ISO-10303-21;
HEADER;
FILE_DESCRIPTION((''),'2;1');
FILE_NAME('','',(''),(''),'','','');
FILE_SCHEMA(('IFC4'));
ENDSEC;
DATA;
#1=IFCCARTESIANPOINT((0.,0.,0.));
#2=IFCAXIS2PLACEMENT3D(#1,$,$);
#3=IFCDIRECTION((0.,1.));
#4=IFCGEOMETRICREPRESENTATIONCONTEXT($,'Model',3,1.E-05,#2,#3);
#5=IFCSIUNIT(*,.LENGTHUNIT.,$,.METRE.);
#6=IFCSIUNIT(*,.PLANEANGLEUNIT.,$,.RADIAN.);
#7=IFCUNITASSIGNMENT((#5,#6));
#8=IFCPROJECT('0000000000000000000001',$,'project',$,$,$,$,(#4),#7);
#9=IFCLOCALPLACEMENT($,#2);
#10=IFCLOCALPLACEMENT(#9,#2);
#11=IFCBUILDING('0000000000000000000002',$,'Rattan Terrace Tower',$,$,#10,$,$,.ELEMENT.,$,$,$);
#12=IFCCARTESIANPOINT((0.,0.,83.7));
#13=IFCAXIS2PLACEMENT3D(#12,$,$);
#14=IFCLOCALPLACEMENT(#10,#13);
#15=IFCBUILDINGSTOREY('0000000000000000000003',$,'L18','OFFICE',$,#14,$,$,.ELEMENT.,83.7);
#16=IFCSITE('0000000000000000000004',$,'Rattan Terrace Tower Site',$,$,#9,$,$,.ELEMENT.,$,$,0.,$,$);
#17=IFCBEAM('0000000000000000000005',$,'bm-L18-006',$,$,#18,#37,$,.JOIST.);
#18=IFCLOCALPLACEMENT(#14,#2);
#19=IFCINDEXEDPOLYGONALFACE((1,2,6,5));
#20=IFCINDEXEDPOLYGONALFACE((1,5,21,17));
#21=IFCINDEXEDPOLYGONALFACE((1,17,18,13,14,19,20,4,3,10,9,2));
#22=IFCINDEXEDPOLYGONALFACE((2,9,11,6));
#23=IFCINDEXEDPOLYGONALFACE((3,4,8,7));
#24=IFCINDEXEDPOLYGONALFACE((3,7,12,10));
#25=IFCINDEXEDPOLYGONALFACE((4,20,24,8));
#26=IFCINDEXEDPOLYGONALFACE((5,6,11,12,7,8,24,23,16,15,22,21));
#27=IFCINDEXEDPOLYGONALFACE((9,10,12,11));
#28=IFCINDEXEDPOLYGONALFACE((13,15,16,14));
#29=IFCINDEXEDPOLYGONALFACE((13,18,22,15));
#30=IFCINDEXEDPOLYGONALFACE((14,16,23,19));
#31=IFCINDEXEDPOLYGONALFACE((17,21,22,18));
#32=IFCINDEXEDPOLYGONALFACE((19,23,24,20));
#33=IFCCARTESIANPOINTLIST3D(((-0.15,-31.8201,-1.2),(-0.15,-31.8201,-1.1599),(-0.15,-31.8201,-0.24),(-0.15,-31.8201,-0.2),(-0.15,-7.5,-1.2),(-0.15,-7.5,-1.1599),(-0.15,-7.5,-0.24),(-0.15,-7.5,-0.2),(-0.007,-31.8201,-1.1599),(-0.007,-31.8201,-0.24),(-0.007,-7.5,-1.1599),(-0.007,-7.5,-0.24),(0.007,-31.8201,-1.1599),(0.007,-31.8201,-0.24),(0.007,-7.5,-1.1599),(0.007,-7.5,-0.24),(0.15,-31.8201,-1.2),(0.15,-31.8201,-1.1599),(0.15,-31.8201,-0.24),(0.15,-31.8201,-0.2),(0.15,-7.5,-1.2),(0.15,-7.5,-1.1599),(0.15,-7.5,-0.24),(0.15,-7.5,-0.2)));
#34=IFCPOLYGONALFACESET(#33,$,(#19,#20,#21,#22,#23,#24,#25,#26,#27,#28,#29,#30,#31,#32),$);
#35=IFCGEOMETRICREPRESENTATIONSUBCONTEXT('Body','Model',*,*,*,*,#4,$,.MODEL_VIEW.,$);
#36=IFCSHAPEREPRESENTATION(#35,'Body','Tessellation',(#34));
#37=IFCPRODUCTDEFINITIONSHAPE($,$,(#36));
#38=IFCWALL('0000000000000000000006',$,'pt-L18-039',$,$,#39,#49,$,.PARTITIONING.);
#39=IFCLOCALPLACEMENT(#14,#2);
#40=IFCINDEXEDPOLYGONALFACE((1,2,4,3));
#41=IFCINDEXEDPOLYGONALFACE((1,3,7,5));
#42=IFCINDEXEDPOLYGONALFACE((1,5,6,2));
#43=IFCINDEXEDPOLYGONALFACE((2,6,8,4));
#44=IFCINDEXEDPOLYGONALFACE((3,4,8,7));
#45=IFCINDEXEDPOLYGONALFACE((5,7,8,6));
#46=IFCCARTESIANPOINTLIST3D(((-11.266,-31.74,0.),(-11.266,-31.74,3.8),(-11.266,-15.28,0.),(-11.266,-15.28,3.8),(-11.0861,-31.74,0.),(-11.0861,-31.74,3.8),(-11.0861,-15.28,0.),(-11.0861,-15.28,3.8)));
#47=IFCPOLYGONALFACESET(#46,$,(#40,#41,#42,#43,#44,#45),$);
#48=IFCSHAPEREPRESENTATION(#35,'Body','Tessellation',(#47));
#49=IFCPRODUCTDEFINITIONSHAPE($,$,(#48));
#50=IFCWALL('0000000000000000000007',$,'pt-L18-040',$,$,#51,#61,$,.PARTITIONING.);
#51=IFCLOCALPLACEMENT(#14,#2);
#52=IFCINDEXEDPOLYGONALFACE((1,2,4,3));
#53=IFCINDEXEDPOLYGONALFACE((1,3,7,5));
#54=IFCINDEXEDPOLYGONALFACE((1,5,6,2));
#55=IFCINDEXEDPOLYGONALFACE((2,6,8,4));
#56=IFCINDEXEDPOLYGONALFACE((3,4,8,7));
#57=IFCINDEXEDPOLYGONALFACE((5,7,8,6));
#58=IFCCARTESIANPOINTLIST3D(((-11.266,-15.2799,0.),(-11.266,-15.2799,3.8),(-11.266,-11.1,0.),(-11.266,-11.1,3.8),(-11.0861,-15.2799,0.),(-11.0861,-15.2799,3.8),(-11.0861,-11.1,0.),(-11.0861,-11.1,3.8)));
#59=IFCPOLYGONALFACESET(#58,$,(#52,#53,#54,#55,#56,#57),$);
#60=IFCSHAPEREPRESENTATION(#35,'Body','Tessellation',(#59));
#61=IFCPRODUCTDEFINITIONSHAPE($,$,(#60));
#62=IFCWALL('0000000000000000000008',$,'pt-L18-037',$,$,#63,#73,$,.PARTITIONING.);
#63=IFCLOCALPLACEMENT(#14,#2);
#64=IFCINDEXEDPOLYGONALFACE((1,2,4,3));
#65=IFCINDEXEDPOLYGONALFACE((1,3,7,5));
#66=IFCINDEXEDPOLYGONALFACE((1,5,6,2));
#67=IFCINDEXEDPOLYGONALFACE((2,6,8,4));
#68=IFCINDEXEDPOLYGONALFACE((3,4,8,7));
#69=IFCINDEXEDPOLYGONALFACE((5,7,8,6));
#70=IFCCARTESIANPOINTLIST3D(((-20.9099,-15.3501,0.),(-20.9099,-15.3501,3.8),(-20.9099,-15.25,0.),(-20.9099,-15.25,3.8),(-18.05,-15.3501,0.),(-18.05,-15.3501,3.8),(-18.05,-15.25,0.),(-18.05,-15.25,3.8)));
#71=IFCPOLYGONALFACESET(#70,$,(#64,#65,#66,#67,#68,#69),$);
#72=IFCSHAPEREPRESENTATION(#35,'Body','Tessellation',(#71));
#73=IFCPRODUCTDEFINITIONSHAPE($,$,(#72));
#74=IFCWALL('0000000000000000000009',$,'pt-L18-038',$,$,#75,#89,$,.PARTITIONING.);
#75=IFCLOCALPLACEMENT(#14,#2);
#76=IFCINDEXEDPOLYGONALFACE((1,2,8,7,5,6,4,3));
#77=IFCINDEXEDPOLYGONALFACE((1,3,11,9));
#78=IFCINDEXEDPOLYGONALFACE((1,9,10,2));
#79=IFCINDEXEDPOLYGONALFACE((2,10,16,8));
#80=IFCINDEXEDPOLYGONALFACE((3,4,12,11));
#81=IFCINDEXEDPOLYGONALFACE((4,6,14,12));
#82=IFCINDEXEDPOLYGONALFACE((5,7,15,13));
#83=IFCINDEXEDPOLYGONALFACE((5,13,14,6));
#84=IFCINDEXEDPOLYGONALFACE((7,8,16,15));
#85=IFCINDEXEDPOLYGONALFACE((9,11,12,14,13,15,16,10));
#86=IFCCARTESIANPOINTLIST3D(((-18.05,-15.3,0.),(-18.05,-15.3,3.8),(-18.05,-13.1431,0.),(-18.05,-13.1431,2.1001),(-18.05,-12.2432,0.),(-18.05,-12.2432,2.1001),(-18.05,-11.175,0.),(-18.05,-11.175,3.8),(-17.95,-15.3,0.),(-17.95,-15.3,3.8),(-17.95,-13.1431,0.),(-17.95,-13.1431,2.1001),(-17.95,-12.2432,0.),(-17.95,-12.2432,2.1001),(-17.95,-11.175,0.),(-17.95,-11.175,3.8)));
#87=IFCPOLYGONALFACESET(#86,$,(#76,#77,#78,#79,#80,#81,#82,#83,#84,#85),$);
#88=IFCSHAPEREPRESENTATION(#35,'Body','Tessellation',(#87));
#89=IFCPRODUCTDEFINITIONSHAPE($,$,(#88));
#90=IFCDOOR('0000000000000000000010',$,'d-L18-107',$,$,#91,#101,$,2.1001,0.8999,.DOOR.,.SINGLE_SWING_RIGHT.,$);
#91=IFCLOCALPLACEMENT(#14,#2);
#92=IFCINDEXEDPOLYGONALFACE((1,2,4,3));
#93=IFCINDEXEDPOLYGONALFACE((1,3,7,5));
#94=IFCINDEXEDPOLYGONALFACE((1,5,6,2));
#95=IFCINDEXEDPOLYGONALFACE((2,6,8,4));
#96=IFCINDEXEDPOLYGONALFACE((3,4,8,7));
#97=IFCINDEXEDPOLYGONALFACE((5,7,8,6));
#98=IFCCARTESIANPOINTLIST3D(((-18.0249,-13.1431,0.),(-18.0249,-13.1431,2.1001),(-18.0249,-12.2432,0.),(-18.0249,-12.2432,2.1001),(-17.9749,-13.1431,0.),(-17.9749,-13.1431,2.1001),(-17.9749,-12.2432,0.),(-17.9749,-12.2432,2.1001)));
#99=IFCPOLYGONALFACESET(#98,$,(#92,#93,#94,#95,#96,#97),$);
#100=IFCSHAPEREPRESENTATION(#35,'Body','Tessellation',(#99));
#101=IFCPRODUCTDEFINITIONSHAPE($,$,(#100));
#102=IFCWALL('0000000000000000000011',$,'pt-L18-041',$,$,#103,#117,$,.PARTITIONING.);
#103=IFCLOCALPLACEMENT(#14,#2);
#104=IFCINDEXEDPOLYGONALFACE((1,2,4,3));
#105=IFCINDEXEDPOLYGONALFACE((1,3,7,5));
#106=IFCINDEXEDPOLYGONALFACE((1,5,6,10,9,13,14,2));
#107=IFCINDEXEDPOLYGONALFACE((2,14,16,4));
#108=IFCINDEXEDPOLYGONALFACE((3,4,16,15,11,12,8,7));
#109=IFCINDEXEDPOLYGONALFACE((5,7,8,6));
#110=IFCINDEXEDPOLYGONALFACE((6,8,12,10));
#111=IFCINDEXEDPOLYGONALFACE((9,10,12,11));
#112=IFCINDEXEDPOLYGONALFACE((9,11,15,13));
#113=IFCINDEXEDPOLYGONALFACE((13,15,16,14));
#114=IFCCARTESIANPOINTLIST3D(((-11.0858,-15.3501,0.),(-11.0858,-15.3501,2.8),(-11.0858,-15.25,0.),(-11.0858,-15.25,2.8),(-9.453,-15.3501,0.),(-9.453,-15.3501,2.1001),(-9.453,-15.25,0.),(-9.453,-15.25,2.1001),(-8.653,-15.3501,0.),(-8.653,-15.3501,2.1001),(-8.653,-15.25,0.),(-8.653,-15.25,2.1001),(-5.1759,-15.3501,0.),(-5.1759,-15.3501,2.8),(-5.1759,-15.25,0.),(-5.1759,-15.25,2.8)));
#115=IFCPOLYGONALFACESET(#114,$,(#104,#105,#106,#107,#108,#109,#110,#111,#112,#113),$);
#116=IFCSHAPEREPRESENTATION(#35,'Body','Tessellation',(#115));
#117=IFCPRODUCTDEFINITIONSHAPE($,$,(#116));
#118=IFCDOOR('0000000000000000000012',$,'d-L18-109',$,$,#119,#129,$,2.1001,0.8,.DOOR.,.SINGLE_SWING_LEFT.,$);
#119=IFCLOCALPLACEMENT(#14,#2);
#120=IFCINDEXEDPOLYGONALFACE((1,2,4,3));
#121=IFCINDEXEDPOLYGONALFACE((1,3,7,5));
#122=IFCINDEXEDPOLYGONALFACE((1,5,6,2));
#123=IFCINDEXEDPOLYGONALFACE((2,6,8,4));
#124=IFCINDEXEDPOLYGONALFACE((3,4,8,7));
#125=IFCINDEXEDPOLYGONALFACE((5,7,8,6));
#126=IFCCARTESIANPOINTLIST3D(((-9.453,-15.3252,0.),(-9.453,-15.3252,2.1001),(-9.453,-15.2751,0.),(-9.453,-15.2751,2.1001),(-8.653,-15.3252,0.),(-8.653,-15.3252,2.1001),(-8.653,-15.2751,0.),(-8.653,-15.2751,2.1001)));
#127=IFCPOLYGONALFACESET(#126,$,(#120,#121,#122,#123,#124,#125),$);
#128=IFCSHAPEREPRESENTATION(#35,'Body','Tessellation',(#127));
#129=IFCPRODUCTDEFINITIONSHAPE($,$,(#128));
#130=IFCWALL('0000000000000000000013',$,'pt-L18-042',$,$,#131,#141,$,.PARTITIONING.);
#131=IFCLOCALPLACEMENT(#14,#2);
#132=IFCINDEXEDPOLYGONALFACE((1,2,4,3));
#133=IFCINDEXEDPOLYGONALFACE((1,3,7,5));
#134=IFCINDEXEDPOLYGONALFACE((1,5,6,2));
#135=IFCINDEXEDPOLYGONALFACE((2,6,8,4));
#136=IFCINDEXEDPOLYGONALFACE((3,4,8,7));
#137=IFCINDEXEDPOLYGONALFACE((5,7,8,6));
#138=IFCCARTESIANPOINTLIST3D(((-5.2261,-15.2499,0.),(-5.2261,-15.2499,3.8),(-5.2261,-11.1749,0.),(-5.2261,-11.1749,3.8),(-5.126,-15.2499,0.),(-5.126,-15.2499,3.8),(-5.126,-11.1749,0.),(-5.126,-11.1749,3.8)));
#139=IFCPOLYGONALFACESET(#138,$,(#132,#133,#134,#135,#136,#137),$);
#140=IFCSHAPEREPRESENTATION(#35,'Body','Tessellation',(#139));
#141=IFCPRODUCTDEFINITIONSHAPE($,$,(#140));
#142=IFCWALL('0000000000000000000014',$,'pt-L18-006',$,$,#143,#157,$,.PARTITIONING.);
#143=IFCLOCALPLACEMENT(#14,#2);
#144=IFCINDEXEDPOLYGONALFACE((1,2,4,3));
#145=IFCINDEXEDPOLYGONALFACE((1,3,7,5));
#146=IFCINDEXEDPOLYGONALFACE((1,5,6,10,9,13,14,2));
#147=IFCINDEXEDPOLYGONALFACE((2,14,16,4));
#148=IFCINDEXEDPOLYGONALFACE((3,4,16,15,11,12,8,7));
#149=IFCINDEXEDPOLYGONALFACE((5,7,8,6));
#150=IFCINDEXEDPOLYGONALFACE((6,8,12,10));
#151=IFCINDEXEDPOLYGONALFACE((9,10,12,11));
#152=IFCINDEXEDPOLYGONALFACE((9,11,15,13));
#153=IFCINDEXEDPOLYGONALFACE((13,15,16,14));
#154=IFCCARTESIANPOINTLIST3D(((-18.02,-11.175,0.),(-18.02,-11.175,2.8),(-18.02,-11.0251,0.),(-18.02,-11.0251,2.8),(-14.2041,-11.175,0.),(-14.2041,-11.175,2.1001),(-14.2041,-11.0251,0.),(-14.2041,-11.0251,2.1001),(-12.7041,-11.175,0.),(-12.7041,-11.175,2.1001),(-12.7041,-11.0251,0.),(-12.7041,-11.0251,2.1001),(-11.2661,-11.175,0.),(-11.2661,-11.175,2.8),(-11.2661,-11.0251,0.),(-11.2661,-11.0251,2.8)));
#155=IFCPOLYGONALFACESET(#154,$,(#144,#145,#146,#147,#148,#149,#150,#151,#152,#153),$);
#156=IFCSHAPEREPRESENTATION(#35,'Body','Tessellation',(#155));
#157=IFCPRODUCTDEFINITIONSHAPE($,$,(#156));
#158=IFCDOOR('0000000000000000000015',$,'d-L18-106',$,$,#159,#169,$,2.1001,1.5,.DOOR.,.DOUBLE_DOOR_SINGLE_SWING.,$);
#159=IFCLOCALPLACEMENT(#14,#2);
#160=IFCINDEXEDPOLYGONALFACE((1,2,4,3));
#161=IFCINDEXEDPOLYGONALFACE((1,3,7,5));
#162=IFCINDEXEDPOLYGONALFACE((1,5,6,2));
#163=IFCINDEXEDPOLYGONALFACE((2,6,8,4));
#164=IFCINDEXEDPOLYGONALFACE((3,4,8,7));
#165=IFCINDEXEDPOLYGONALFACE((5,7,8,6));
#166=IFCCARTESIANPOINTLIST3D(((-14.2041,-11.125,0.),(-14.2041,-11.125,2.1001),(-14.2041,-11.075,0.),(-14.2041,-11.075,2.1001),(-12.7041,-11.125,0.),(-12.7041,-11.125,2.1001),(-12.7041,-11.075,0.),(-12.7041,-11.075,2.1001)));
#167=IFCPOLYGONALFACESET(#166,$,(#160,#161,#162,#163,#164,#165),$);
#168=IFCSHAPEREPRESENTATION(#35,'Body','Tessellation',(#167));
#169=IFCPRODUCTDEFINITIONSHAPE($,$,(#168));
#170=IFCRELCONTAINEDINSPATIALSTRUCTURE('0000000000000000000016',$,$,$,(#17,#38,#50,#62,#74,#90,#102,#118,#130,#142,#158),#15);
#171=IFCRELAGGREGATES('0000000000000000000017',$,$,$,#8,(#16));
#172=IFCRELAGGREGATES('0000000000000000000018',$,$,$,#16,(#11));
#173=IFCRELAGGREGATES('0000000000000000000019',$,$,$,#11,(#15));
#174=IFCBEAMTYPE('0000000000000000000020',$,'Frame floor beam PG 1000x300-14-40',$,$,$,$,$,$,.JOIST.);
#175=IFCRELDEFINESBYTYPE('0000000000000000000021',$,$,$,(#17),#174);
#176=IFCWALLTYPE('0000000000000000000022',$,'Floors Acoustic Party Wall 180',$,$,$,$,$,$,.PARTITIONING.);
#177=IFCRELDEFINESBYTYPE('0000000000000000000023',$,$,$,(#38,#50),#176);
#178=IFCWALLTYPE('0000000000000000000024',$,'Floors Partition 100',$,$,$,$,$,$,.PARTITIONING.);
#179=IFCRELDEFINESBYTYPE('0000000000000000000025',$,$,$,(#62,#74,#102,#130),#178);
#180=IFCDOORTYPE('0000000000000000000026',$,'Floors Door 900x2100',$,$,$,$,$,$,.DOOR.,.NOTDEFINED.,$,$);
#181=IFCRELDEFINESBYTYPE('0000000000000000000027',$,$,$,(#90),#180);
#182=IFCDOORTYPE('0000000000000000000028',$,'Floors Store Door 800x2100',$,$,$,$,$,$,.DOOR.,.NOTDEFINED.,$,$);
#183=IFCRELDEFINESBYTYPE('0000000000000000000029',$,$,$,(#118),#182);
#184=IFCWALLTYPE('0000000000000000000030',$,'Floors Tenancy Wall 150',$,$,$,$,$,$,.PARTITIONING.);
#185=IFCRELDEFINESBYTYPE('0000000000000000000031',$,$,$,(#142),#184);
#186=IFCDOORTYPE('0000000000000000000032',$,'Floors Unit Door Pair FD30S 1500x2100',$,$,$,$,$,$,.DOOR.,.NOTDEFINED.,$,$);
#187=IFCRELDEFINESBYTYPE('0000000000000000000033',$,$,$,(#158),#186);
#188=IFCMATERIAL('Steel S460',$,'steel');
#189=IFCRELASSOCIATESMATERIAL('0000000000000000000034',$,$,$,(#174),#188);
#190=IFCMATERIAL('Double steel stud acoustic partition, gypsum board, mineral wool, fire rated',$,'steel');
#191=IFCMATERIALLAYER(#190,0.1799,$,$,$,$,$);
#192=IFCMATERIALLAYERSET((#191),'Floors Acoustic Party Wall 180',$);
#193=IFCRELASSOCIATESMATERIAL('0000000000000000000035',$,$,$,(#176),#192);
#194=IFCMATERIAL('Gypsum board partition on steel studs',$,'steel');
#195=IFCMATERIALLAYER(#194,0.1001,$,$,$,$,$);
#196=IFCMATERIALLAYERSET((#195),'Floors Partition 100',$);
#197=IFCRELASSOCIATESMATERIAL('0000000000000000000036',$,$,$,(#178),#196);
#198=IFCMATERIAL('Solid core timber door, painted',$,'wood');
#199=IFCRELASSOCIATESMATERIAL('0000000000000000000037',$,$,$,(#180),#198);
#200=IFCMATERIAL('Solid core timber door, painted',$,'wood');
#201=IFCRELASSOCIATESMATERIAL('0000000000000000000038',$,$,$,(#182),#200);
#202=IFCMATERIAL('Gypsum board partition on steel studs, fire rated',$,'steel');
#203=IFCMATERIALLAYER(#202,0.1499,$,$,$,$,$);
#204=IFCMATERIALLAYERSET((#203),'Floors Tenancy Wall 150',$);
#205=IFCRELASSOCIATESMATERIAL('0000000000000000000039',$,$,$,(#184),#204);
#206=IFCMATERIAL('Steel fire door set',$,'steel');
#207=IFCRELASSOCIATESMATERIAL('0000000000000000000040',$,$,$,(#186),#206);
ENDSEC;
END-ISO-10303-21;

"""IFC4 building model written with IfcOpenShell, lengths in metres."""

from ifc_helpers import new_model, si_unit, direction, frame, frame_2d, origin, origin_2d, place, context, subcontext, project, spatial, rectangle, i_section, extrude, material, layer, layer_set, material_profile, profile_set, type_object, element, fill, save


model = new_model("IFC4")

# Units and contexts
model_context = context("Model", 3, precision=1e-05, world=origin(), true_north=direction((0.0, 1.0)))
body_context = subcontext(model_context, "Body", "Model", "MODEL_VIEW")
ifc_project = project(units=[si_unit("LENGTHUNIT", "METRE"), si_unit("PLANEANGLEUNIT", "RADIAN")], contexts=[model_context])

# Site, building, storey
site_placement = place(None, origin())
site = spatial("IfcSite", under=ifc_project, at=site_placement, Name="Rattan Terrace Tower Site", CompositionType="ELEMENT", RefElevation=0.0)
building_placement = place(site_placement, origin())
building = spatial("IfcBuilding", under=site, at=building_placement, Name="Rattan Terrace Tower", CompositionType="ELEMENT")
storey_placement = place(building_placement, frame((0.0, 0.0, 83.7)))
storey = spatial("IfcBuildingStorey", under=building, at=storey_placement, Name="L18", Description="OFFICE", CompositionType="ELEMENT", Elevation=83.7)

# Beam
ifc_material_1 = material(Name="Steel S460", Category="steel")
ifc_material_profile = material_profile(ifc_material_1, i_section(OverallWidth=0.3, OverallDepth=1.0, WebThickness=0.0139, FlangeThickness=0.04, at=origin_2d()), Name="PG 1000x300-14-40")
ifc_profile_set = profile_set([ifc_material_profile], Name="Steel S460")
beam_type = type_object("IfcBeamType", Name="Frame floor beam PG 1000x300-14-40", PredefinedType="JOIST", material=ifc_profile_set)
beam_placement = place(storey_placement, frame((0.0, -31.8201, -0.7), z_axis=(0.0, 1.0, 0.0), x_axis=(-1.0, 0.0, 0.0)))
element("IfcBeam", 1, at=beam_placement, inside=storey, type_object=beam_type, Name="bm-L18-006", PredefinedType="JOIST", context=body_context, shape_type="SweptSolid", body=[
    extrude(i_section(OverallWidth=0.3, OverallDepth=1.0, WebThickness=0.0139, FlangeThickness=0.04, at=origin_2d()), origin(), (0.0, 0.0, 1.0), 24.3201),
])

# Walls
ifc_material_2 = material(Name="Double steel stud acoustic partition, gypsum board, mineral wool, fire rated", Category="steel")
ifc_layer_1 = layer(ifc_material_2, 0.1799)
ifc_layer_set_1 = layer_set([ifc_layer_1], Name="Floors Acoustic Party Wall 180")
wall_type_1 = type_object("IfcWallType", Name="Floors Acoustic Party Wall 180", PredefinedType="PARTITIONING", material=ifc_layer_set_1)
wall_1_placement = place(storey_placement, frame((-11.176, -15.28, 0.0), z_axis=(0.0, 0.0, 1.0), x_axis=(0.0, -1.0, 0.0)))
element("IfcWall", 2, at=wall_1_placement, inside=storey, type_object=wall_type_1, Name="pt-L18-039", PredefinedType="PARTITIONING", context=body_context, shape_type="SweptSolid", body=[
    extrude(rectangle(XDim=16.46, YDim=0.1799, at=frame_2d((8.23, 0.0))), origin(), (0.0, 0.0, 1.0), 3.8),
])
wall_2_placement = place(storey_placement, frame((-11.176, -11.1001, 0.0), z_axis=(0.0, 0.0, 1.0), x_axis=(0.0, -1.0, 0.0)))
element("IfcWall", 3, at=wall_2_placement, inside=storey, type_object=wall_type_1, Name="pt-L18-040", PredefinedType="PARTITIONING", context=body_context, shape_type="SweptSolid", body=[
    extrude(rectangle(XDim=4.1799, YDim=0.1799, at=frame_2d((2.0898, 0.0))), origin(), (0.0, 0.0, 1.0), 3.8),
])
ifc_material_3 = material(Name="Gypsum board partition on steel studs", Category="steel")
ifc_layer_2 = layer(ifc_material_3, 0.1001)
ifc_layer_set_2 = layer_set([ifc_layer_2], Name="Floors Partition 100")
wall_type_2 = type_object("IfcWallType", Name="Floors Partition 100", PredefinedType="PARTITIONING", material=ifc_layer_set_2)
wall_3_placement = place(storey_placement, frame((-20.9099, -15.3, 0.0), z_axis=(0.0, 0.0, 1.0), x_axis=(1.0, 0.0, 0.0)))
element("IfcWall", 4, at=wall_3_placement, inside=storey, type_object=wall_type_2, Name="pt-L18-037", PredefinedType="PARTITIONING", context=body_context, shape_type="SweptSolid", body=[
    extrude(rectangle(XDim=2.8599, YDim=0.1001, at=frame_2d((1.4299, 0.0))), origin(), (0.0, 0.0, 1.0), 3.8),
])

# Walls, openings, doors
wall_4_placement = place(storey_placement, frame((-18.0, -15.3, 0.0), z_axis=(0.0, 0.0, 1.0), x_axis=(0.0, 1.0, 0.0)))
wall_4 = element("IfcWall", 5, at=wall_4_placement, inside=storey, type_object=wall_type_2, Name="pt-L18-038", PredefinedType="PARTITIONING", context=body_context, shape_type="SweptSolid", body=[
    extrude(rectangle(XDim=4.125, YDim=0.1001, at=frame_2d((2.0625, 0.0))), origin(), (0.0, 0.0, 1.0), 3.8),
])
opening_1_placement = place(wall_4_placement, frame((2.157, 0.0, 0.0)))
opening_1 = element("IfcOpeningElement", 6, at=opening_1_placement, cuts=wall_4, PredefinedType="OPENING", context=body_context, shape_type="SweptSolid", body=[
    extrude(rectangle(XDim=0.8999, YDim=2.1001, at=frame_2d((0.45, 1.05))), frame((0.0, 0.0605, 0.0), z_axis=(0.0, -1.0, 0.0), x_axis=(1.0, 0.0, 0.0)), (0.0, 0.0, 1.0), 0.1211),
])
ifc_material_4 = material(Name="Solid core timber door, painted", Category="wood")
door_type_1 = type_object("IfcDoorType", Name="Floors Door 900x2100", OperationType="NOTDEFINED", PredefinedType="DOOR", material=ifc_material_4)
door_1_placement = place(opening_1_placement, origin())
door_1 = element("IfcDoor", 7, at=door_1_placement, inside=storey, type_object=door_type_1, Name="d-L18-107", OperationType="SINGLE_SWING_RIGHT", OverallHeight=2.1001, OverallWidth=0.8999, PredefinedType="DOOR", context=body_context, shape_type="SweptSolid", body=[
    extrude(rectangle(XDim=0.8999, YDim=2.1001, at=frame_2d((0.45, 1.05))), frame((0.0, 0.0249, 0.0), z_axis=(0.0, -1.0, 0.0), x_axis=(1.0, 0.0, 0.0)), (0.0, 0.0, 1.0), 0.05),
])
fill(opening_1, door_1)
wall_5_placement = place(storey_placement, frame((-11.0859, -15.3, 0.0), z_axis=(0.0, 0.0, 1.0), x_axis=(1.0, 0.0, 0.0)))
wall_5 = element("IfcWall", 8, at=wall_5_placement, inside=storey, type_object=wall_type_2, Name="pt-L18-041", PredefinedType="PARTITIONING", context=body_context, shape_type="SweptSolid", body=[
    extrude(rectangle(XDim=5.9099, YDim=0.1001, at=frame_2d((2.9551, 0.0))), origin(), (0.0, 0.0, 1.0), 2.8),
])
opening_2_placement = place(wall_5_placement, frame((1.6331, 0.0, 0.0)))
opening_2 = element("IfcOpeningElement", 9, at=opening_2_placement, cuts=wall_5, PredefinedType="OPENING", context=body_context, shape_type="SweptSolid", body=[
    extrude(rectangle(XDim=0.8, YDim=2.1001, at=frame_2d((0.3999, 1.05))), frame((0.0, 0.0605, 0.0), z_axis=(0.0, -1.0, 0.0), x_axis=(1.0, 0.0, 0.0)), (0.0, 0.0, 1.0), 0.1211),
])
ifc_material_5 = material(Name="Solid core timber door, painted", Category="wood")
door_type_2 = type_object("IfcDoorType", Name="Floors Store Door 800x2100", OperationType="NOTDEFINED", PredefinedType="DOOR", material=ifc_material_5)
door_2_placement = place(opening_2_placement, origin())
door_2 = element("IfcDoor", 10, at=door_2_placement, inside=storey, type_object=door_type_2, Name="d-L18-109", OperationType="SINGLE_SWING_LEFT", OverallHeight=2.1001, OverallWidth=0.8, PredefinedType="DOOR", context=body_context, shape_type="SweptSolid", body=[
    extrude(rectangle(XDim=0.8, YDim=2.1001, at=frame_2d((0.3999, 1.05))), frame((0.0, 0.0249, 0.0), z_axis=(0.0, -1.0, 0.0), x_axis=(1.0, 0.0, 0.0)), (0.0, 0.0, 1.0), 0.05),
])
fill(opening_2, door_2)

# Wall
wall_6_placement = place(storey_placement, frame((-5.176, -15.25, 0.0), z_axis=(0.0, 0.0, 1.0), x_axis=(0.0, 1.0, 0.0)))
element("IfcWall", 11, at=wall_6_placement, inside=storey, type_object=wall_type_2, Name="pt-L18-042", PredefinedType="PARTITIONING", context=body_context, shape_type="SweptSolid", body=[
    extrude(rectangle(XDim=4.075, YDim=0.1001, at=frame_2d((2.0376, 0.0))), origin(), (0.0, 0.0, 1.0), 3.8),
])

# Wall, opening, door
ifc_material_6 = material(Name="Gypsum board partition on steel studs, fire rated", Category="steel")
ifc_layer_3 = layer(ifc_material_6, 0.1499)
ifc_layer_set_3 = layer_set([ifc_layer_3], Name="Floors Tenancy Wall 150")
wall_type_3 = type_object("IfcWallType", Name="Floors Tenancy Wall 150", PredefinedType="PARTITIONING", material=ifc_layer_set_3)
wall_7_placement = place(storey_placement, frame((-11.2661, -11.1001, 0.0), z_axis=(0.0, 0.0, 1.0), x_axis=(-1.0, 0.0, 0.0)))
wall_7 = element("IfcWall", 12, at=wall_7_placement, inside=storey, type_object=wall_type_3, Name="pt-L18-006", PredefinedType="PARTITIONING", context=body_context, shape_type="SweptSolid", body=[
    extrude(rectangle(XDim=6.7539, YDim=0.1499, at=frame_2d((3.377, 0.0))), origin(), (0.0, 0.0, 1.0), 2.8),
])
opening_3_placement = place(wall_7_placement, frame((1.438, 0.0, 0.0)))
opening_3 = element("IfcOpeningElement", 13, at=opening_3_placement, cuts=wall_7, PredefinedType="OPENING", context=body_context, shape_type="SweptSolid", body=[
    extrude(rectangle(XDim=1.5, YDim=2.1001, at=frame_2d((0.75, 1.05))), frame((0.0, 0.0854, 0.0), z_axis=(0.0, -1.0, 0.0), x_axis=(1.0, 0.0, 0.0)), (0.0, 0.0, 1.0), 0.1709),
])
ifc_material_7 = material(Name="Steel fire door set", Category="steel")
door_type_3 = type_object("IfcDoorType", Name="Floors Unit Door Pair FD30S 1500x2100", OperationType="NOTDEFINED", PredefinedType="DOOR", material=ifc_material_7)
door_3_placement = place(opening_3_placement, origin())
door_3 = element("IfcDoor", 14, at=door_3_placement, inside=storey, type_object=door_type_3, Name="d-L18-106", OperationType="DOUBLE_DOOR_SINGLE_SWING", OverallHeight=2.1001, OverallWidth=1.5, PredefinedType="DOOR", context=body_context, shape_type="SweptSolid", body=[
    extrude(rectangle(XDim=1.5, YDim=2.1001, at=frame_2d((0.75, 1.05))), frame((0.0, 0.0249, 0.0), z_axis=(0.0, -1.0, 0.0), x_axis=(1.0, 0.0, 0.0)), (0.0, 0.0, 1.0), 0.05),
])
fill(opening_3, door_3)

save(model, "model.ifc")
